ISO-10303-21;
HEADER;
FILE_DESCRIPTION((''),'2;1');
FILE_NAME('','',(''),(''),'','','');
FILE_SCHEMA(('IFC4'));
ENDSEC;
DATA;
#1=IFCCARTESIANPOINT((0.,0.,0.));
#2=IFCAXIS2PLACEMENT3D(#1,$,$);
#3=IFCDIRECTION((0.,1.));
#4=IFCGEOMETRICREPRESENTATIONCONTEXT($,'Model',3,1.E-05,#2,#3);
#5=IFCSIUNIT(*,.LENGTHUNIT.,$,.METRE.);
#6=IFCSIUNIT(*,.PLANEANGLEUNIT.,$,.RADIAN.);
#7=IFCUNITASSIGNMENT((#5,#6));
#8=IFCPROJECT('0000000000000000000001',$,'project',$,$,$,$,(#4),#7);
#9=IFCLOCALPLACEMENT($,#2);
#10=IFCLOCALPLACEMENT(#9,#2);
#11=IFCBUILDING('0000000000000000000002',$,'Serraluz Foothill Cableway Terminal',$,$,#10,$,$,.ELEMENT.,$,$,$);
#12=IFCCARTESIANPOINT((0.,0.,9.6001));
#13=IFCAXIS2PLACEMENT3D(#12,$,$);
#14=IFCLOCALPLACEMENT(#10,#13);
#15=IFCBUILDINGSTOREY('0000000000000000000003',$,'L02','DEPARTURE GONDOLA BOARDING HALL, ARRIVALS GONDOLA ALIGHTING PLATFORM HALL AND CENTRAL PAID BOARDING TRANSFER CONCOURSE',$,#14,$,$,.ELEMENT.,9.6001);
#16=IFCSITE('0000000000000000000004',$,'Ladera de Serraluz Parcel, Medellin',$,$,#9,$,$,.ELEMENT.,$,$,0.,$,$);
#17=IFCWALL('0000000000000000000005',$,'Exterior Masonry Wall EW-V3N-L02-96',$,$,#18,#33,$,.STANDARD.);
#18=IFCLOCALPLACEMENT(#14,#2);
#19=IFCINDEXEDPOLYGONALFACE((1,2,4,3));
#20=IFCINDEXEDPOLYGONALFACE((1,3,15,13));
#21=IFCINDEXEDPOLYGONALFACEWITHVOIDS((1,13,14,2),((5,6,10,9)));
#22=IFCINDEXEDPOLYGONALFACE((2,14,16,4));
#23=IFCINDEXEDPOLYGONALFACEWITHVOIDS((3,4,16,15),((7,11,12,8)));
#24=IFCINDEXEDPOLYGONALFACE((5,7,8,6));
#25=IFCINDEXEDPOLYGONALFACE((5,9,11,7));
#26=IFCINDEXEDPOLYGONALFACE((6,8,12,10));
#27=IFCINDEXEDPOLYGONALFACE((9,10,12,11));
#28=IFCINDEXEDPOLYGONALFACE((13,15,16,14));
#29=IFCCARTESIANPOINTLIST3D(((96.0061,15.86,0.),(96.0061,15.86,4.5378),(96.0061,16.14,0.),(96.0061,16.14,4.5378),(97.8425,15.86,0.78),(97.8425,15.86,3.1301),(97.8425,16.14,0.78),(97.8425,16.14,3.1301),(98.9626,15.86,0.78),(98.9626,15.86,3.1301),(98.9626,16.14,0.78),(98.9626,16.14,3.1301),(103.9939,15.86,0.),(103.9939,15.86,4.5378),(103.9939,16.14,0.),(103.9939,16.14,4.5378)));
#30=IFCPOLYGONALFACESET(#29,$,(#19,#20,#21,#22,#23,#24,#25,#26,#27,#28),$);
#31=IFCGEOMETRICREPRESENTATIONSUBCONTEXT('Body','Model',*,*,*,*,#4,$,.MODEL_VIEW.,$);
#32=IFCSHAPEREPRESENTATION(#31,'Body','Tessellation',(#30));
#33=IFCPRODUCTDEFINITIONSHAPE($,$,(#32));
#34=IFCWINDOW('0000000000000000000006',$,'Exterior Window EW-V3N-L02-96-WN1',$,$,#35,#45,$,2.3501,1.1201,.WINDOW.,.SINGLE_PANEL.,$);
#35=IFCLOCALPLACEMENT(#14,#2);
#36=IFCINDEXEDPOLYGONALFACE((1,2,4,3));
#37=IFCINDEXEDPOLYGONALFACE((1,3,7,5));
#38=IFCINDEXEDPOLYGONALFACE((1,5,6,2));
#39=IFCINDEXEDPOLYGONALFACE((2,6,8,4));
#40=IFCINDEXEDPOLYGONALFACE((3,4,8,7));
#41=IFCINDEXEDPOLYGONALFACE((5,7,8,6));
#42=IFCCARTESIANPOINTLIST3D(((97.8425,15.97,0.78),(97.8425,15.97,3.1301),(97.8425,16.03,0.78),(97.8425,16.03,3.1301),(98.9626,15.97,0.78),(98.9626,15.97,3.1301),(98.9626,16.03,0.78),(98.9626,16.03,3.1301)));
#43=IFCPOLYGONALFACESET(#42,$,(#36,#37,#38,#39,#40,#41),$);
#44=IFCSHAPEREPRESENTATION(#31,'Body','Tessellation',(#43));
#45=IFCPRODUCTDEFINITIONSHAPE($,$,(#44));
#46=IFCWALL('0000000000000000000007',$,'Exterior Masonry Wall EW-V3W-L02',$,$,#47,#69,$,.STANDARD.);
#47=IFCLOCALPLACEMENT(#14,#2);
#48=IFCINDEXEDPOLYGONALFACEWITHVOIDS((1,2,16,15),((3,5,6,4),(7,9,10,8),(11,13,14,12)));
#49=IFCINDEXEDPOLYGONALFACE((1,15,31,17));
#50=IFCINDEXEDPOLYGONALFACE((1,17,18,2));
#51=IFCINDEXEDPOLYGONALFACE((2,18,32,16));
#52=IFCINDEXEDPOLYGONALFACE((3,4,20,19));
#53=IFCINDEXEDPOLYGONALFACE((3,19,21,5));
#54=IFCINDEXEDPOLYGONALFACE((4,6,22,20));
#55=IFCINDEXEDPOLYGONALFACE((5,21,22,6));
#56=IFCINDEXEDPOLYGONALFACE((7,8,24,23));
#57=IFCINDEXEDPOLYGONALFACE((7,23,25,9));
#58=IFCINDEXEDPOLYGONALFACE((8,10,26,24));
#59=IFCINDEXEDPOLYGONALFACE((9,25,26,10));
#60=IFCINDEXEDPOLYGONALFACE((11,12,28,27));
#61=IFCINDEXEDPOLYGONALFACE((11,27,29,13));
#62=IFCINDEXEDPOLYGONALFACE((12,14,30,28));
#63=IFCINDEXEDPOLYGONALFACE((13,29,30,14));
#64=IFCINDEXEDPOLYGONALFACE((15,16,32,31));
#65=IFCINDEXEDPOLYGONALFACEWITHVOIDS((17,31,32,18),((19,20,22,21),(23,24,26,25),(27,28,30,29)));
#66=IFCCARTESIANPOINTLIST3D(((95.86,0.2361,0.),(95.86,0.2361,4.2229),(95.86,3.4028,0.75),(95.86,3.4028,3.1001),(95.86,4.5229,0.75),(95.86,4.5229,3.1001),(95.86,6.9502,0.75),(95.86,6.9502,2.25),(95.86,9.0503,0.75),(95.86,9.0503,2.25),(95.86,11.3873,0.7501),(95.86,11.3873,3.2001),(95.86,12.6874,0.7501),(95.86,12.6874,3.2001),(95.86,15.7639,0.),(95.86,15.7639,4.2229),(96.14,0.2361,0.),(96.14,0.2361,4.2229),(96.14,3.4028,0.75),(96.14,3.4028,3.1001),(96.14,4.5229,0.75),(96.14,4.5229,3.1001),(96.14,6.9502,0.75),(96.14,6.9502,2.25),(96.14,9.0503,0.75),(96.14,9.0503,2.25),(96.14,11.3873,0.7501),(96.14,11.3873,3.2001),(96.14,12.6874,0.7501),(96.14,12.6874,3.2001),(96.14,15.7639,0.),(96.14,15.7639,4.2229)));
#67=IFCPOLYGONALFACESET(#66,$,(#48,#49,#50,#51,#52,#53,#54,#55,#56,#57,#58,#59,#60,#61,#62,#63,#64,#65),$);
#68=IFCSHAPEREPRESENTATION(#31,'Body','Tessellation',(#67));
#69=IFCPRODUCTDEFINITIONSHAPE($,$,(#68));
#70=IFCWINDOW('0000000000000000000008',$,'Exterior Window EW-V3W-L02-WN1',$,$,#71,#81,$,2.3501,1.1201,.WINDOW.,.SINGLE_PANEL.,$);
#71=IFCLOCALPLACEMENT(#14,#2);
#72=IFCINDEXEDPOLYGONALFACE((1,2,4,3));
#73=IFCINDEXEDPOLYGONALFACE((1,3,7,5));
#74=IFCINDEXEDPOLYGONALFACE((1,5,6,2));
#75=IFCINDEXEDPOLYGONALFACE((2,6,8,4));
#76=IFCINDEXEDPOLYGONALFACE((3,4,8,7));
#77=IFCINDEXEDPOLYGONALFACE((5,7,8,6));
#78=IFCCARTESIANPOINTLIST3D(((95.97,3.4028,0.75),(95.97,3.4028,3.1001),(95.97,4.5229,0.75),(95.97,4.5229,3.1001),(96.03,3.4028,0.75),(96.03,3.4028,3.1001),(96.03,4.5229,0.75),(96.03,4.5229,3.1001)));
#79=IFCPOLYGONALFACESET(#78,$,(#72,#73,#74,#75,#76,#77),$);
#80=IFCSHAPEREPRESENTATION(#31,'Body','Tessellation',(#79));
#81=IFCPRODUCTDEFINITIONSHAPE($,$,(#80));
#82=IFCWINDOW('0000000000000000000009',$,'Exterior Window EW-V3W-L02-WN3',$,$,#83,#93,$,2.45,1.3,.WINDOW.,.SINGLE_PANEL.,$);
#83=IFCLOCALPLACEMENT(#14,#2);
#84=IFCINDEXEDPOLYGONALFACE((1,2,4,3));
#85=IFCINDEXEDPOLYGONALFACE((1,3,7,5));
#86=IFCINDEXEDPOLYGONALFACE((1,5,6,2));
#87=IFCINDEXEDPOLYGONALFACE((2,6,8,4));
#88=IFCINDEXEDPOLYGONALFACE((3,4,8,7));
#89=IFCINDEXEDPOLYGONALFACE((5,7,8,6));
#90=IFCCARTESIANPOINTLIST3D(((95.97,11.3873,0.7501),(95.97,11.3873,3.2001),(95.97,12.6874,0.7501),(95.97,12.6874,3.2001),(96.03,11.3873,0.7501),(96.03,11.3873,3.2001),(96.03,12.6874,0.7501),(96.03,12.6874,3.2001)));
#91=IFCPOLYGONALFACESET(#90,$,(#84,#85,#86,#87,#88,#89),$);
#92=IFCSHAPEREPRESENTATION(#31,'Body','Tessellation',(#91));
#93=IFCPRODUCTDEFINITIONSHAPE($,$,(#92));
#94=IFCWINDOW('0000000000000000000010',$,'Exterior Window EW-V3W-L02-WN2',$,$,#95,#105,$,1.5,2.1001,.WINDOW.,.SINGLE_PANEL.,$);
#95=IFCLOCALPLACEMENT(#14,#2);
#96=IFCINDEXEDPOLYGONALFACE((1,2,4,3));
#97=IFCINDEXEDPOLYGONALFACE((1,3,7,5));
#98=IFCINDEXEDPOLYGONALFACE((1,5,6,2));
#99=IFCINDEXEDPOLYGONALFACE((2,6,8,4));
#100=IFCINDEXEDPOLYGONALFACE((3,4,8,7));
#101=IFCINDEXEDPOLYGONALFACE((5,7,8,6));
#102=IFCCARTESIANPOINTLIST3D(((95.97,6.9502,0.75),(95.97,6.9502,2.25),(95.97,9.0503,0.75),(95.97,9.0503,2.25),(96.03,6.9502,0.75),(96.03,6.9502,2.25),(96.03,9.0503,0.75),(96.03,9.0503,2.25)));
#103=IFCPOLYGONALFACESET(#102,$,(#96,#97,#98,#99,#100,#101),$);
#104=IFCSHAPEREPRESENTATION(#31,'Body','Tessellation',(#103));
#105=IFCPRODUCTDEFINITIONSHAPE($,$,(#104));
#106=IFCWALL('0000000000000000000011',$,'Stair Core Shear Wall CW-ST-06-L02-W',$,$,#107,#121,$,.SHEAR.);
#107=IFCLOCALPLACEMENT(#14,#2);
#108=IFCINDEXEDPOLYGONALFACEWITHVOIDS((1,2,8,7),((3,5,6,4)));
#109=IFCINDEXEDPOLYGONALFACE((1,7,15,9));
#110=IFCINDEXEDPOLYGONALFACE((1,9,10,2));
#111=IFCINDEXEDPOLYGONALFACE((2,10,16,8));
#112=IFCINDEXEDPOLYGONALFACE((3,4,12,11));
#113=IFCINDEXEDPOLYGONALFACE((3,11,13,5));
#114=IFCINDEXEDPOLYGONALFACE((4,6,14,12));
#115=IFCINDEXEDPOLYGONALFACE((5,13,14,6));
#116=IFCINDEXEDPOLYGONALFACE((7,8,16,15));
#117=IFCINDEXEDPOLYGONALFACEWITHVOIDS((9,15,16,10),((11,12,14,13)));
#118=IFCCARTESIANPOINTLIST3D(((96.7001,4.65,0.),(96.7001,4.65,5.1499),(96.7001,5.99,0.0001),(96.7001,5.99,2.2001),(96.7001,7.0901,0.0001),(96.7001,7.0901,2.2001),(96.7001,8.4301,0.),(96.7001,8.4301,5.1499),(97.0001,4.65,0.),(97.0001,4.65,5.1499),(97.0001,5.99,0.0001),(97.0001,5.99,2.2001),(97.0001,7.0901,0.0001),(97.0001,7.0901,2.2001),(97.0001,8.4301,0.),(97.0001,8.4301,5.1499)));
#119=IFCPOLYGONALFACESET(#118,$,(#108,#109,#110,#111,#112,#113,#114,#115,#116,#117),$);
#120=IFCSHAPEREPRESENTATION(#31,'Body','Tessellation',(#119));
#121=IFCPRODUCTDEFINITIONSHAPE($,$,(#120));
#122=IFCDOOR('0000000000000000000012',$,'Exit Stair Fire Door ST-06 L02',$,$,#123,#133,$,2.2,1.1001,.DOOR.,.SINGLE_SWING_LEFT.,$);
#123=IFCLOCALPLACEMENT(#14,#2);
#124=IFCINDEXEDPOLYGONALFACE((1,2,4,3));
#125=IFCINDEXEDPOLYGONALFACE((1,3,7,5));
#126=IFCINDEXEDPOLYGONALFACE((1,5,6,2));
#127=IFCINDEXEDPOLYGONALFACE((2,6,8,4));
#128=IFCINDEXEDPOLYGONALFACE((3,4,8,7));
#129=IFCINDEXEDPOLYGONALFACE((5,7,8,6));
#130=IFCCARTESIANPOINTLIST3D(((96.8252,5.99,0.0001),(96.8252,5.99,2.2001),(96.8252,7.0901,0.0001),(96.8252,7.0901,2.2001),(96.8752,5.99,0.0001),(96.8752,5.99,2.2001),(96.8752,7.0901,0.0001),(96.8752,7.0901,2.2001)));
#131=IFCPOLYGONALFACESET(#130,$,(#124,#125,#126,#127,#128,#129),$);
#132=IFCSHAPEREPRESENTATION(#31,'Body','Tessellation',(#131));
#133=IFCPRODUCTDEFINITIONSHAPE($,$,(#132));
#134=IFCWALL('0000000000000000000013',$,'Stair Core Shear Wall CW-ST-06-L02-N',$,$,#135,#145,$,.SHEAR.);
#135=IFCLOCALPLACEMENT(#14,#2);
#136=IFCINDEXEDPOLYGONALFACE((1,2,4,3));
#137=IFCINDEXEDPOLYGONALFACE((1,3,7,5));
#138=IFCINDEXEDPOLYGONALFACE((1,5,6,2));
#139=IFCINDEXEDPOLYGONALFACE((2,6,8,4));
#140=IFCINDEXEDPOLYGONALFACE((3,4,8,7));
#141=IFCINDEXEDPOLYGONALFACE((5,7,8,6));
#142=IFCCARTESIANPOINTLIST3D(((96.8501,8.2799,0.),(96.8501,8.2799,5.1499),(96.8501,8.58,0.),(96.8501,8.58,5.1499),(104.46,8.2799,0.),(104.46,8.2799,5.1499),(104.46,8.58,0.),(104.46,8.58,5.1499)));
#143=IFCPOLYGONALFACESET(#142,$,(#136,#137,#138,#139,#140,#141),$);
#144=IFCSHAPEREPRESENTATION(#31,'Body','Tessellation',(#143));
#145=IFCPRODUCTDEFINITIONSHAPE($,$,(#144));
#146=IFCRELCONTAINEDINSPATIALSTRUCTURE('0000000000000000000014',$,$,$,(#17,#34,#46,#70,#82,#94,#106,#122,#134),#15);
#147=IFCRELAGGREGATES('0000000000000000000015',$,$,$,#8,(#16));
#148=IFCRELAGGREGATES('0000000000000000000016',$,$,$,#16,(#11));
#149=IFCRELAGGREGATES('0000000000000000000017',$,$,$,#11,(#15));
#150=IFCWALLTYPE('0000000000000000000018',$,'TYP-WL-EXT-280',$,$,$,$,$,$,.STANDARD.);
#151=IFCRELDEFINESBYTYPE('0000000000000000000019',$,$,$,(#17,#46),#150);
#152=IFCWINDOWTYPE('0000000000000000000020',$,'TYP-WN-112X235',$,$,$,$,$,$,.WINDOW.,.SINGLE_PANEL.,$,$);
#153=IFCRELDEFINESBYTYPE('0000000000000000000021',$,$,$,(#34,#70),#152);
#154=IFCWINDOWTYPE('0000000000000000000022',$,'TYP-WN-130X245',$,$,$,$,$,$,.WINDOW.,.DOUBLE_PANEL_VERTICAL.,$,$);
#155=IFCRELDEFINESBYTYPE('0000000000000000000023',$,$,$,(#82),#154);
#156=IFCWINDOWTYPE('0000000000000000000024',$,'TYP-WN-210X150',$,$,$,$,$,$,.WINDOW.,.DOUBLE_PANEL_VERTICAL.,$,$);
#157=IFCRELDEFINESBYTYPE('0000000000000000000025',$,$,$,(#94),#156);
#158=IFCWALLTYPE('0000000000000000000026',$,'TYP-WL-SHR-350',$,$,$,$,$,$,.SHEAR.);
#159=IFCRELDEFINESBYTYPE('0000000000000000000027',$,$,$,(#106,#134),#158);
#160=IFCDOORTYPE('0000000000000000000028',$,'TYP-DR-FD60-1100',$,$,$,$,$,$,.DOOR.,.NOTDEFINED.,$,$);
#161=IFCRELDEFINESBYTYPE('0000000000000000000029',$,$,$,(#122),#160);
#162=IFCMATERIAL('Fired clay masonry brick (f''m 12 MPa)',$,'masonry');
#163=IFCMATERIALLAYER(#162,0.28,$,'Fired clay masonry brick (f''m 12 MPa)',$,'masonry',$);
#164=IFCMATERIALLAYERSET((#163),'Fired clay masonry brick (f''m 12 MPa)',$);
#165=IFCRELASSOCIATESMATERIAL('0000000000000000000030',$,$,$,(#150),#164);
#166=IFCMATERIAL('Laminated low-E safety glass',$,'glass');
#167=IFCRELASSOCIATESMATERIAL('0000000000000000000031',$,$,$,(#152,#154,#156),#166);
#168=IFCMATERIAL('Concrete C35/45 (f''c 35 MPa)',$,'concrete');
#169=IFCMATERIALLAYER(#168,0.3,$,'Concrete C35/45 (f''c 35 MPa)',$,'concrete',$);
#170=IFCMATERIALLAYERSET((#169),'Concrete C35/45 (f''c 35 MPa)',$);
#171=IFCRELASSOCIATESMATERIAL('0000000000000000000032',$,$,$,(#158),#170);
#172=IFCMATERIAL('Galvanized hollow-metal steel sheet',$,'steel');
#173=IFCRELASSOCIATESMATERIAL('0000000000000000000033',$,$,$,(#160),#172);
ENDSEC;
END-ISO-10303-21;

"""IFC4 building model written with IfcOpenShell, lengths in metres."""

from ifc_helpers import new_model, si_unit, direction, frame, frame_2d, origin, place, context, subcontext, project, spatial, rectangle, extrude, material, layer, layer_set, type_object, element, fill, save


model = new_model("IFC4")

# Units and contexts
model_context = context("Model", 3, precision=1e-05, world=origin(), true_north=direction((0.0, 1.0)))
body_context = subcontext(model_context, "Body", "Model", "MODEL_VIEW")
ifc_project = project(units=[si_unit("LENGTHUNIT", "METRE"), si_unit("PLANEANGLEUNIT", "RADIAN")], contexts=[model_context])

# Site, building, storey
site_placement = place(None, origin())
site = spatial("IfcSite", under=ifc_project, at=site_placement, Name="Ladera de Serraluz Parcel, Medellin", CompositionType="ELEMENT", RefElevation=0.0)
building_placement = place(site_placement, origin())
building = spatial("IfcBuilding", under=site, at=building_placement, Name="Serraluz Foothill Cableway Terminal", CompositionType="ELEMENT")
storey_placement = place(building_placement, frame((0.0, 0.0, 9.6001)))
storey = spatial("IfcBuildingStorey", under=building, at=storey_placement, Name="L02", Description="DEPARTURE GONDOLA BOARDING HALL, ARRIVALS GONDOLA ALIGHTING PLATFORM HALL AND CENTRAL PAID BOARDING TRANSFER CONCOURSE", CompositionType="ELEMENT", Elevation=9.6001)

# Shared definitions
ifc_material_1 = material(Name="Laminated low-E safety glass", Category="glass")

# Wall, opening, window
ifc_material_2 = material(Name="Fired clay masonry brick (f'm 12 MPa)", Category="masonry")
ifc_layer_1 = layer(ifc_material_2, 0.28, Name="Fired clay masonry brick (f'm 12 MPa)", Category="masonry")
ifc_layer_set_1 = layer_set([ifc_layer_1], Name="Fired clay masonry brick (f'm 12 MPa)")
wall_type_1 = type_object("IfcWallType", Name="TYP-WL-EXT-280", PredefinedType="STANDARD", material=ifc_layer_set_1)
wall_1_placement = place(storey_placement, frame((96.0061, 16.0, 0.0), z_axis=(0.0, 0.0, 1.0), x_axis=(1.0, 0.0, 0.0)))
wall_1 = element("IfcWall", 1, at=wall_1_placement, inside=storey, type_object=wall_type_1, Name="Exterior Masonry Wall EW-V3N-L02-96", PredefinedType="STANDARD", context=body_context, shape_type="SweptSolid", body=[
    extrude(rectangle(XDim=7.9878, YDim=0.28, at=frame_2d((3.9939, 0.0))), origin(), (0.0, 0.0, 1.0), 4.5378),
])
opening_1_placement = place(wall_1_placement, frame((1.8364, 0.0, 0.78)))
opening_1 = element("IfcOpeningElement", 2, at=opening_1_placement, cuts=wall_1, PredefinedType="OPENING", context=body_context, shape_type="SweptSolid", body=[
    extrude(rectangle(XDim=1.1201, YDim=2.3501, at=frame_2d((0.5601, 1.175))), frame((0.0, 0.1499, 0.0), z_axis=(0.0, -1.0, 0.0), x_axis=(1.0, 0.0, 0.0)), (0.0, 0.0, 1.0), 0.3),
])
window_type_1 = type_object("IfcWindowType", Name="TYP-WN-112X235", PartitioningType="SINGLE_PANEL", PredefinedType="WINDOW", material=ifc_material_1)
window_1_placement = place(opening_1_placement, origin())
window_1 = element("IfcWindow", 3, at=window_1_placement, inside=storey, type_object=window_type_1, Name="Exterior Window EW-V3N-L02-96-WN1", OverallHeight=2.3501, OverallWidth=1.1201, PartitioningType="SINGLE_PANEL", PredefinedType="WINDOW", context=body_context, shape_type="SweptSolid", body=[
    extrude(rectangle(XDim=1.1201, YDim=2.3501, at=frame_2d((0.5601, 1.175))), frame((0.0, 0.03, 0.0), z_axis=(0.0, -1.0, 0.0), x_axis=(1.0, 0.0, 0.0)), (0.0, 0.0, 1.0), 0.0601),
])
fill(opening_1, window_1)

# Wall, openings, windows
wall_2_placement = place(storey_placement, frame((96.0, 0.2361, 0.0), z_axis=(0.0, 0.0, 1.0), x_axis=(0.0, 1.0, 0.0)))
wall_2 = element("IfcWall", 4, at=wall_2_placement, inside=storey, type_object=wall_type_1, Name="Exterior Masonry Wall EW-V3W-L02", PredefinedType="STANDARD", context=body_context, shape_type="SweptSolid", body=[
    extrude(rectangle(XDim=15.5278, YDim=0.28, at=frame_2d((7.7639, 0.0))), origin(), (0.0, 0.0, 1.0), 4.2229),
])
opening_2_placement = place(wall_2_placement, frame((3.1667, 0.0, 0.75)))
opening_2 = element("IfcOpeningElement", 5, at=opening_2_placement, cuts=wall_2, PredefinedType="OPENING", context=body_context, shape_type="SweptSolid", body=[
    extrude(rectangle(XDim=1.1201, YDim=2.3501, at=frame_2d((0.5601, 1.175))), frame((0.0, 0.1499, 0.0), z_axis=(0.0, -1.0, 0.0), x_axis=(1.0, 0.0, 0.0)), (0.0, 0.0, 1.0), 0.3),
])
opening_3_placement = place(wall_2_placement, frame((6.7141, 0.0, 0.75)))
opening_3 = element("IfcOpeningElement", 6, at=opening_3_placement, cuts=wall_2, PredefinedType="OPENING", context=body_context, shape_type="SweptSolid", body=[
    extrude(rectangle(XDim=2.1001, YDim=1.5, at=frame_2d((1.05, 0.75))), frame((0.0, 0.1499, 0.0), z_axis=(0.0, -1.0, 0.0), x_axis=(1.0, 0.0, 0.0)), (0.0, 0.0, 1.0), 0.3),
])
opening_4_placement = place(wall_2_placement, frame((11.1514, 0.0, 0.75)))
opening_4 = element("IfcOpeningElement", 7, at=opening_4_placement, cuts=wall_2, PredefinedType="OPENING", context=body_context, shape_type="SweptSolid", body=[
    extrude(rectangle(XDim=1.3, YDim=2.45, at=frame_2d((0.6499, 1.2251))), frame((0.0, 0.1499, 0.0), z_axis=(0.0, -1.0, 0.0), x_axis=(1.0, 0.0, 0.0)), (0.0, 0.0, 1.0), 0.3),
])
window_2_placement = place(opening_2_placement, origin())
window_2 = element("IfcWindow", 8, at=window_2_placement, inside=storey, type_object=window_type_1, Name="Exterior Window EW-V3W-L02-WN1", OverallHeight=2.3501, OverallWidth=1.1201, PartitioningType="SINGLE_PANEL", PredefinedType="WINDOW", context=body_context, shape_type="SweptSolid", body=[
    extrude(rectangle(XDim=1.1201, YDim=2.3501, at=frame_2d((0.5601, 1.175))), frame((0.0, 0.03, 0.0), z_axis=(0.0, -1.0, 0.0), x_axis=(1.0, 0.0, 0.0)), (0.0, 0.0, 1.0), 0.0601),
])
fill(opening_2, window_2)
window_type_2 = type_object("IfcWindowType", Name="TYP-WN-130X245", PartitioningType="DOUBLE_PANEL_VERTICAL", PredefinedType="WINDOW", material=ifc_material_1)
window_3_placement = place(opening_4_placement, origin())
window_3 = element("IfcWindow", 9, at=window_3_placement, inside=storey, type_object=window_type_2, Name="Exterior Window EW-V3W-L02-WN3", OverallHeight=2.45, OverallWidth=1.3, PartitioningType="SINGLE_PANEL", PredefinedType="WINDOW", context=body_context, shape_type="SweptSolid", body=[
    extrude(rectangle(XDim=1.3, YDim=2.45, at=frame_2d((0.6499, 1.2251))), frame((0.0, 0.03, 0.0), z_axis=(0.0, -1.0, 0.0), x_axis=(1.0, 0.0, 0.0)), (0.0, 0.0, 1.0), 0.0601),
])
fill(opening_4, window_3)
window_type_3 = type_object("IfcWindowType", Name="TYP-WN-210X150", PartitioningType="DOUBLE_PANEL_VERTICAL", PredefinedType="WINDOW", material=ifc_material_1)
window_4_placement = place(opening_3_placement, origin())
window_4 = element("IfcWindow", 10, at=window_4_placement, inside=storey, type_object=window_type_3, Name="Exterior Window EW-V3W-L02-WN2", OverallHeight=1.5, OverallWidth=2.1001, PartitioningType="SINGLE_PANEL", PredefinedType="WINDOW", context=body_context, shape_type="SweptSolid", body=[
    extrude(rectangle(XDim=2.1001, YDim=1.5, at=frame_2d((1.05, 0.75))), frame((0.0, 0.03, 0.0), z_axis=(0.0, -1.0, 0.0), x_axis=(1.0, 0.0, 0.0)), (0.0, 0.0, 1.0), 0.0601),
])
fill(opening_3, window_4)

# Wall, opening, door
ifc_material_3 = material(Name="Concrete C35/45 (f'c 35 MPa)", Category="concrete")
ifc_layer_2 = layer(ifc_material_3, 0.3, Name="Concrete C35/45 (f'c 35 MPa)", Category="concrete")
ifc_layer_set_2 = layer_set([ifc_layer_2], Name="Concrete C35/45 (f'c 35 MPa)")
wall_type_2 = type_object("IfcWallType", Name="TYP-WL-SHR-350", PredefinedType="SHEAR", material=ifc_layer_set_2)
wall_3_placement = place(storey_placement, frame((96.8501, 4.6499, 0.0), z_axis=(0.0, 0.0, 1.0), x_axis=(0.0, 1.0, 0.0)))
wall_3 = element("IfcWall", 11, at=wall_3_placement, inside=storey, type_object=wall_type_2, Name="Stair Core Shear Wall CW-ST-06-L02-W", PredefinedType="SHEAR", context=body_context, shape_type="SweptSolid", body=[
    extrude(rectangle(XDim=3.78, YDim=0.3, at=frame_2d((1.8901, 0.0))), origin(), (0.0, 0.0, 1.0), 5.1499),
])
opening_5_placement = place(wall_3_placement, frame((1.3401, 0.0, 0.0)))
opening_5 = element("IfcOpeningElement", 12, at=opening_5_placement, cuts=wall_3, PredefinedType="OPENING", context=body_context, shape_type="SweptSolid", body=[
    extrude(rectangle(XDim=1.1001, YDim=2.2, at=frame_2d((0.55, 1.1001))), frame((0.0, 0.1602, 0.0), z_axis=(0.0, -1.0, 0.0), x_axis=(1.0, 0.0, 0.0)), (0.0, 0.0, 1.0), 0.3201),
])
ifc_material_4 = material(Name="Galvanized hollow-metal steel sheet", Category="steel")
door_type = type_object("IfcDoorType", Name="TYP-DR-FD60-1100", OperationType="NOTDEFINED", PredefinedType="DOOR", material=ifc_material_4)
door_placement = place(opening_5_placement, origin())
door = element("IfcDoor", 13, at=door_placement, inside=storey, type_object=door_type, Name="Exit Stair Fire Door ST-06 L02", OperationType="SINGLE_SWING_LEFT", OverallHeight=2.2, OverallWidth=1.1001, PredefinedType="DOOR", context=body_context, shape_type="SweptSolid", body=[
    extrude(rectangle(XDim=1.1001, YDim=2.2, at=frame_2d((0.55, 1.1001))), frame((0.0, 0.0249, 0.0), z_axis=(0.0, -1.0, 0.0), x_axis=(1.0, 0.0, 0.0)), (0.0, 0.0, 1.0), 0.05),
])
fill(opening_5, door)

# Wall
wall_4_placement = place(storey_placement, frame((96.8501, 8.4299, 0.0), z_axis=(0.0, 0.0, 1.0), x_axis=(1.0, 0.0, 0.0)))
element("IfcWall", 14, at=wall_4_placement, inside=storey, type_object=wall_type_2, Name="Stair Core Shear Wall CW-ST-06-L02-N", PredefinedType="SHEAR", context=body_context, shape_type="SweptSolid", body=[
    extrude(rectangle(XDim=7.6099, YDim=0.3, at=frame_2d((3.8049, 0.0))), origin(), (0.0, 0.0, 1.0), 5.1499),
])

save(model, "model.ifc")
